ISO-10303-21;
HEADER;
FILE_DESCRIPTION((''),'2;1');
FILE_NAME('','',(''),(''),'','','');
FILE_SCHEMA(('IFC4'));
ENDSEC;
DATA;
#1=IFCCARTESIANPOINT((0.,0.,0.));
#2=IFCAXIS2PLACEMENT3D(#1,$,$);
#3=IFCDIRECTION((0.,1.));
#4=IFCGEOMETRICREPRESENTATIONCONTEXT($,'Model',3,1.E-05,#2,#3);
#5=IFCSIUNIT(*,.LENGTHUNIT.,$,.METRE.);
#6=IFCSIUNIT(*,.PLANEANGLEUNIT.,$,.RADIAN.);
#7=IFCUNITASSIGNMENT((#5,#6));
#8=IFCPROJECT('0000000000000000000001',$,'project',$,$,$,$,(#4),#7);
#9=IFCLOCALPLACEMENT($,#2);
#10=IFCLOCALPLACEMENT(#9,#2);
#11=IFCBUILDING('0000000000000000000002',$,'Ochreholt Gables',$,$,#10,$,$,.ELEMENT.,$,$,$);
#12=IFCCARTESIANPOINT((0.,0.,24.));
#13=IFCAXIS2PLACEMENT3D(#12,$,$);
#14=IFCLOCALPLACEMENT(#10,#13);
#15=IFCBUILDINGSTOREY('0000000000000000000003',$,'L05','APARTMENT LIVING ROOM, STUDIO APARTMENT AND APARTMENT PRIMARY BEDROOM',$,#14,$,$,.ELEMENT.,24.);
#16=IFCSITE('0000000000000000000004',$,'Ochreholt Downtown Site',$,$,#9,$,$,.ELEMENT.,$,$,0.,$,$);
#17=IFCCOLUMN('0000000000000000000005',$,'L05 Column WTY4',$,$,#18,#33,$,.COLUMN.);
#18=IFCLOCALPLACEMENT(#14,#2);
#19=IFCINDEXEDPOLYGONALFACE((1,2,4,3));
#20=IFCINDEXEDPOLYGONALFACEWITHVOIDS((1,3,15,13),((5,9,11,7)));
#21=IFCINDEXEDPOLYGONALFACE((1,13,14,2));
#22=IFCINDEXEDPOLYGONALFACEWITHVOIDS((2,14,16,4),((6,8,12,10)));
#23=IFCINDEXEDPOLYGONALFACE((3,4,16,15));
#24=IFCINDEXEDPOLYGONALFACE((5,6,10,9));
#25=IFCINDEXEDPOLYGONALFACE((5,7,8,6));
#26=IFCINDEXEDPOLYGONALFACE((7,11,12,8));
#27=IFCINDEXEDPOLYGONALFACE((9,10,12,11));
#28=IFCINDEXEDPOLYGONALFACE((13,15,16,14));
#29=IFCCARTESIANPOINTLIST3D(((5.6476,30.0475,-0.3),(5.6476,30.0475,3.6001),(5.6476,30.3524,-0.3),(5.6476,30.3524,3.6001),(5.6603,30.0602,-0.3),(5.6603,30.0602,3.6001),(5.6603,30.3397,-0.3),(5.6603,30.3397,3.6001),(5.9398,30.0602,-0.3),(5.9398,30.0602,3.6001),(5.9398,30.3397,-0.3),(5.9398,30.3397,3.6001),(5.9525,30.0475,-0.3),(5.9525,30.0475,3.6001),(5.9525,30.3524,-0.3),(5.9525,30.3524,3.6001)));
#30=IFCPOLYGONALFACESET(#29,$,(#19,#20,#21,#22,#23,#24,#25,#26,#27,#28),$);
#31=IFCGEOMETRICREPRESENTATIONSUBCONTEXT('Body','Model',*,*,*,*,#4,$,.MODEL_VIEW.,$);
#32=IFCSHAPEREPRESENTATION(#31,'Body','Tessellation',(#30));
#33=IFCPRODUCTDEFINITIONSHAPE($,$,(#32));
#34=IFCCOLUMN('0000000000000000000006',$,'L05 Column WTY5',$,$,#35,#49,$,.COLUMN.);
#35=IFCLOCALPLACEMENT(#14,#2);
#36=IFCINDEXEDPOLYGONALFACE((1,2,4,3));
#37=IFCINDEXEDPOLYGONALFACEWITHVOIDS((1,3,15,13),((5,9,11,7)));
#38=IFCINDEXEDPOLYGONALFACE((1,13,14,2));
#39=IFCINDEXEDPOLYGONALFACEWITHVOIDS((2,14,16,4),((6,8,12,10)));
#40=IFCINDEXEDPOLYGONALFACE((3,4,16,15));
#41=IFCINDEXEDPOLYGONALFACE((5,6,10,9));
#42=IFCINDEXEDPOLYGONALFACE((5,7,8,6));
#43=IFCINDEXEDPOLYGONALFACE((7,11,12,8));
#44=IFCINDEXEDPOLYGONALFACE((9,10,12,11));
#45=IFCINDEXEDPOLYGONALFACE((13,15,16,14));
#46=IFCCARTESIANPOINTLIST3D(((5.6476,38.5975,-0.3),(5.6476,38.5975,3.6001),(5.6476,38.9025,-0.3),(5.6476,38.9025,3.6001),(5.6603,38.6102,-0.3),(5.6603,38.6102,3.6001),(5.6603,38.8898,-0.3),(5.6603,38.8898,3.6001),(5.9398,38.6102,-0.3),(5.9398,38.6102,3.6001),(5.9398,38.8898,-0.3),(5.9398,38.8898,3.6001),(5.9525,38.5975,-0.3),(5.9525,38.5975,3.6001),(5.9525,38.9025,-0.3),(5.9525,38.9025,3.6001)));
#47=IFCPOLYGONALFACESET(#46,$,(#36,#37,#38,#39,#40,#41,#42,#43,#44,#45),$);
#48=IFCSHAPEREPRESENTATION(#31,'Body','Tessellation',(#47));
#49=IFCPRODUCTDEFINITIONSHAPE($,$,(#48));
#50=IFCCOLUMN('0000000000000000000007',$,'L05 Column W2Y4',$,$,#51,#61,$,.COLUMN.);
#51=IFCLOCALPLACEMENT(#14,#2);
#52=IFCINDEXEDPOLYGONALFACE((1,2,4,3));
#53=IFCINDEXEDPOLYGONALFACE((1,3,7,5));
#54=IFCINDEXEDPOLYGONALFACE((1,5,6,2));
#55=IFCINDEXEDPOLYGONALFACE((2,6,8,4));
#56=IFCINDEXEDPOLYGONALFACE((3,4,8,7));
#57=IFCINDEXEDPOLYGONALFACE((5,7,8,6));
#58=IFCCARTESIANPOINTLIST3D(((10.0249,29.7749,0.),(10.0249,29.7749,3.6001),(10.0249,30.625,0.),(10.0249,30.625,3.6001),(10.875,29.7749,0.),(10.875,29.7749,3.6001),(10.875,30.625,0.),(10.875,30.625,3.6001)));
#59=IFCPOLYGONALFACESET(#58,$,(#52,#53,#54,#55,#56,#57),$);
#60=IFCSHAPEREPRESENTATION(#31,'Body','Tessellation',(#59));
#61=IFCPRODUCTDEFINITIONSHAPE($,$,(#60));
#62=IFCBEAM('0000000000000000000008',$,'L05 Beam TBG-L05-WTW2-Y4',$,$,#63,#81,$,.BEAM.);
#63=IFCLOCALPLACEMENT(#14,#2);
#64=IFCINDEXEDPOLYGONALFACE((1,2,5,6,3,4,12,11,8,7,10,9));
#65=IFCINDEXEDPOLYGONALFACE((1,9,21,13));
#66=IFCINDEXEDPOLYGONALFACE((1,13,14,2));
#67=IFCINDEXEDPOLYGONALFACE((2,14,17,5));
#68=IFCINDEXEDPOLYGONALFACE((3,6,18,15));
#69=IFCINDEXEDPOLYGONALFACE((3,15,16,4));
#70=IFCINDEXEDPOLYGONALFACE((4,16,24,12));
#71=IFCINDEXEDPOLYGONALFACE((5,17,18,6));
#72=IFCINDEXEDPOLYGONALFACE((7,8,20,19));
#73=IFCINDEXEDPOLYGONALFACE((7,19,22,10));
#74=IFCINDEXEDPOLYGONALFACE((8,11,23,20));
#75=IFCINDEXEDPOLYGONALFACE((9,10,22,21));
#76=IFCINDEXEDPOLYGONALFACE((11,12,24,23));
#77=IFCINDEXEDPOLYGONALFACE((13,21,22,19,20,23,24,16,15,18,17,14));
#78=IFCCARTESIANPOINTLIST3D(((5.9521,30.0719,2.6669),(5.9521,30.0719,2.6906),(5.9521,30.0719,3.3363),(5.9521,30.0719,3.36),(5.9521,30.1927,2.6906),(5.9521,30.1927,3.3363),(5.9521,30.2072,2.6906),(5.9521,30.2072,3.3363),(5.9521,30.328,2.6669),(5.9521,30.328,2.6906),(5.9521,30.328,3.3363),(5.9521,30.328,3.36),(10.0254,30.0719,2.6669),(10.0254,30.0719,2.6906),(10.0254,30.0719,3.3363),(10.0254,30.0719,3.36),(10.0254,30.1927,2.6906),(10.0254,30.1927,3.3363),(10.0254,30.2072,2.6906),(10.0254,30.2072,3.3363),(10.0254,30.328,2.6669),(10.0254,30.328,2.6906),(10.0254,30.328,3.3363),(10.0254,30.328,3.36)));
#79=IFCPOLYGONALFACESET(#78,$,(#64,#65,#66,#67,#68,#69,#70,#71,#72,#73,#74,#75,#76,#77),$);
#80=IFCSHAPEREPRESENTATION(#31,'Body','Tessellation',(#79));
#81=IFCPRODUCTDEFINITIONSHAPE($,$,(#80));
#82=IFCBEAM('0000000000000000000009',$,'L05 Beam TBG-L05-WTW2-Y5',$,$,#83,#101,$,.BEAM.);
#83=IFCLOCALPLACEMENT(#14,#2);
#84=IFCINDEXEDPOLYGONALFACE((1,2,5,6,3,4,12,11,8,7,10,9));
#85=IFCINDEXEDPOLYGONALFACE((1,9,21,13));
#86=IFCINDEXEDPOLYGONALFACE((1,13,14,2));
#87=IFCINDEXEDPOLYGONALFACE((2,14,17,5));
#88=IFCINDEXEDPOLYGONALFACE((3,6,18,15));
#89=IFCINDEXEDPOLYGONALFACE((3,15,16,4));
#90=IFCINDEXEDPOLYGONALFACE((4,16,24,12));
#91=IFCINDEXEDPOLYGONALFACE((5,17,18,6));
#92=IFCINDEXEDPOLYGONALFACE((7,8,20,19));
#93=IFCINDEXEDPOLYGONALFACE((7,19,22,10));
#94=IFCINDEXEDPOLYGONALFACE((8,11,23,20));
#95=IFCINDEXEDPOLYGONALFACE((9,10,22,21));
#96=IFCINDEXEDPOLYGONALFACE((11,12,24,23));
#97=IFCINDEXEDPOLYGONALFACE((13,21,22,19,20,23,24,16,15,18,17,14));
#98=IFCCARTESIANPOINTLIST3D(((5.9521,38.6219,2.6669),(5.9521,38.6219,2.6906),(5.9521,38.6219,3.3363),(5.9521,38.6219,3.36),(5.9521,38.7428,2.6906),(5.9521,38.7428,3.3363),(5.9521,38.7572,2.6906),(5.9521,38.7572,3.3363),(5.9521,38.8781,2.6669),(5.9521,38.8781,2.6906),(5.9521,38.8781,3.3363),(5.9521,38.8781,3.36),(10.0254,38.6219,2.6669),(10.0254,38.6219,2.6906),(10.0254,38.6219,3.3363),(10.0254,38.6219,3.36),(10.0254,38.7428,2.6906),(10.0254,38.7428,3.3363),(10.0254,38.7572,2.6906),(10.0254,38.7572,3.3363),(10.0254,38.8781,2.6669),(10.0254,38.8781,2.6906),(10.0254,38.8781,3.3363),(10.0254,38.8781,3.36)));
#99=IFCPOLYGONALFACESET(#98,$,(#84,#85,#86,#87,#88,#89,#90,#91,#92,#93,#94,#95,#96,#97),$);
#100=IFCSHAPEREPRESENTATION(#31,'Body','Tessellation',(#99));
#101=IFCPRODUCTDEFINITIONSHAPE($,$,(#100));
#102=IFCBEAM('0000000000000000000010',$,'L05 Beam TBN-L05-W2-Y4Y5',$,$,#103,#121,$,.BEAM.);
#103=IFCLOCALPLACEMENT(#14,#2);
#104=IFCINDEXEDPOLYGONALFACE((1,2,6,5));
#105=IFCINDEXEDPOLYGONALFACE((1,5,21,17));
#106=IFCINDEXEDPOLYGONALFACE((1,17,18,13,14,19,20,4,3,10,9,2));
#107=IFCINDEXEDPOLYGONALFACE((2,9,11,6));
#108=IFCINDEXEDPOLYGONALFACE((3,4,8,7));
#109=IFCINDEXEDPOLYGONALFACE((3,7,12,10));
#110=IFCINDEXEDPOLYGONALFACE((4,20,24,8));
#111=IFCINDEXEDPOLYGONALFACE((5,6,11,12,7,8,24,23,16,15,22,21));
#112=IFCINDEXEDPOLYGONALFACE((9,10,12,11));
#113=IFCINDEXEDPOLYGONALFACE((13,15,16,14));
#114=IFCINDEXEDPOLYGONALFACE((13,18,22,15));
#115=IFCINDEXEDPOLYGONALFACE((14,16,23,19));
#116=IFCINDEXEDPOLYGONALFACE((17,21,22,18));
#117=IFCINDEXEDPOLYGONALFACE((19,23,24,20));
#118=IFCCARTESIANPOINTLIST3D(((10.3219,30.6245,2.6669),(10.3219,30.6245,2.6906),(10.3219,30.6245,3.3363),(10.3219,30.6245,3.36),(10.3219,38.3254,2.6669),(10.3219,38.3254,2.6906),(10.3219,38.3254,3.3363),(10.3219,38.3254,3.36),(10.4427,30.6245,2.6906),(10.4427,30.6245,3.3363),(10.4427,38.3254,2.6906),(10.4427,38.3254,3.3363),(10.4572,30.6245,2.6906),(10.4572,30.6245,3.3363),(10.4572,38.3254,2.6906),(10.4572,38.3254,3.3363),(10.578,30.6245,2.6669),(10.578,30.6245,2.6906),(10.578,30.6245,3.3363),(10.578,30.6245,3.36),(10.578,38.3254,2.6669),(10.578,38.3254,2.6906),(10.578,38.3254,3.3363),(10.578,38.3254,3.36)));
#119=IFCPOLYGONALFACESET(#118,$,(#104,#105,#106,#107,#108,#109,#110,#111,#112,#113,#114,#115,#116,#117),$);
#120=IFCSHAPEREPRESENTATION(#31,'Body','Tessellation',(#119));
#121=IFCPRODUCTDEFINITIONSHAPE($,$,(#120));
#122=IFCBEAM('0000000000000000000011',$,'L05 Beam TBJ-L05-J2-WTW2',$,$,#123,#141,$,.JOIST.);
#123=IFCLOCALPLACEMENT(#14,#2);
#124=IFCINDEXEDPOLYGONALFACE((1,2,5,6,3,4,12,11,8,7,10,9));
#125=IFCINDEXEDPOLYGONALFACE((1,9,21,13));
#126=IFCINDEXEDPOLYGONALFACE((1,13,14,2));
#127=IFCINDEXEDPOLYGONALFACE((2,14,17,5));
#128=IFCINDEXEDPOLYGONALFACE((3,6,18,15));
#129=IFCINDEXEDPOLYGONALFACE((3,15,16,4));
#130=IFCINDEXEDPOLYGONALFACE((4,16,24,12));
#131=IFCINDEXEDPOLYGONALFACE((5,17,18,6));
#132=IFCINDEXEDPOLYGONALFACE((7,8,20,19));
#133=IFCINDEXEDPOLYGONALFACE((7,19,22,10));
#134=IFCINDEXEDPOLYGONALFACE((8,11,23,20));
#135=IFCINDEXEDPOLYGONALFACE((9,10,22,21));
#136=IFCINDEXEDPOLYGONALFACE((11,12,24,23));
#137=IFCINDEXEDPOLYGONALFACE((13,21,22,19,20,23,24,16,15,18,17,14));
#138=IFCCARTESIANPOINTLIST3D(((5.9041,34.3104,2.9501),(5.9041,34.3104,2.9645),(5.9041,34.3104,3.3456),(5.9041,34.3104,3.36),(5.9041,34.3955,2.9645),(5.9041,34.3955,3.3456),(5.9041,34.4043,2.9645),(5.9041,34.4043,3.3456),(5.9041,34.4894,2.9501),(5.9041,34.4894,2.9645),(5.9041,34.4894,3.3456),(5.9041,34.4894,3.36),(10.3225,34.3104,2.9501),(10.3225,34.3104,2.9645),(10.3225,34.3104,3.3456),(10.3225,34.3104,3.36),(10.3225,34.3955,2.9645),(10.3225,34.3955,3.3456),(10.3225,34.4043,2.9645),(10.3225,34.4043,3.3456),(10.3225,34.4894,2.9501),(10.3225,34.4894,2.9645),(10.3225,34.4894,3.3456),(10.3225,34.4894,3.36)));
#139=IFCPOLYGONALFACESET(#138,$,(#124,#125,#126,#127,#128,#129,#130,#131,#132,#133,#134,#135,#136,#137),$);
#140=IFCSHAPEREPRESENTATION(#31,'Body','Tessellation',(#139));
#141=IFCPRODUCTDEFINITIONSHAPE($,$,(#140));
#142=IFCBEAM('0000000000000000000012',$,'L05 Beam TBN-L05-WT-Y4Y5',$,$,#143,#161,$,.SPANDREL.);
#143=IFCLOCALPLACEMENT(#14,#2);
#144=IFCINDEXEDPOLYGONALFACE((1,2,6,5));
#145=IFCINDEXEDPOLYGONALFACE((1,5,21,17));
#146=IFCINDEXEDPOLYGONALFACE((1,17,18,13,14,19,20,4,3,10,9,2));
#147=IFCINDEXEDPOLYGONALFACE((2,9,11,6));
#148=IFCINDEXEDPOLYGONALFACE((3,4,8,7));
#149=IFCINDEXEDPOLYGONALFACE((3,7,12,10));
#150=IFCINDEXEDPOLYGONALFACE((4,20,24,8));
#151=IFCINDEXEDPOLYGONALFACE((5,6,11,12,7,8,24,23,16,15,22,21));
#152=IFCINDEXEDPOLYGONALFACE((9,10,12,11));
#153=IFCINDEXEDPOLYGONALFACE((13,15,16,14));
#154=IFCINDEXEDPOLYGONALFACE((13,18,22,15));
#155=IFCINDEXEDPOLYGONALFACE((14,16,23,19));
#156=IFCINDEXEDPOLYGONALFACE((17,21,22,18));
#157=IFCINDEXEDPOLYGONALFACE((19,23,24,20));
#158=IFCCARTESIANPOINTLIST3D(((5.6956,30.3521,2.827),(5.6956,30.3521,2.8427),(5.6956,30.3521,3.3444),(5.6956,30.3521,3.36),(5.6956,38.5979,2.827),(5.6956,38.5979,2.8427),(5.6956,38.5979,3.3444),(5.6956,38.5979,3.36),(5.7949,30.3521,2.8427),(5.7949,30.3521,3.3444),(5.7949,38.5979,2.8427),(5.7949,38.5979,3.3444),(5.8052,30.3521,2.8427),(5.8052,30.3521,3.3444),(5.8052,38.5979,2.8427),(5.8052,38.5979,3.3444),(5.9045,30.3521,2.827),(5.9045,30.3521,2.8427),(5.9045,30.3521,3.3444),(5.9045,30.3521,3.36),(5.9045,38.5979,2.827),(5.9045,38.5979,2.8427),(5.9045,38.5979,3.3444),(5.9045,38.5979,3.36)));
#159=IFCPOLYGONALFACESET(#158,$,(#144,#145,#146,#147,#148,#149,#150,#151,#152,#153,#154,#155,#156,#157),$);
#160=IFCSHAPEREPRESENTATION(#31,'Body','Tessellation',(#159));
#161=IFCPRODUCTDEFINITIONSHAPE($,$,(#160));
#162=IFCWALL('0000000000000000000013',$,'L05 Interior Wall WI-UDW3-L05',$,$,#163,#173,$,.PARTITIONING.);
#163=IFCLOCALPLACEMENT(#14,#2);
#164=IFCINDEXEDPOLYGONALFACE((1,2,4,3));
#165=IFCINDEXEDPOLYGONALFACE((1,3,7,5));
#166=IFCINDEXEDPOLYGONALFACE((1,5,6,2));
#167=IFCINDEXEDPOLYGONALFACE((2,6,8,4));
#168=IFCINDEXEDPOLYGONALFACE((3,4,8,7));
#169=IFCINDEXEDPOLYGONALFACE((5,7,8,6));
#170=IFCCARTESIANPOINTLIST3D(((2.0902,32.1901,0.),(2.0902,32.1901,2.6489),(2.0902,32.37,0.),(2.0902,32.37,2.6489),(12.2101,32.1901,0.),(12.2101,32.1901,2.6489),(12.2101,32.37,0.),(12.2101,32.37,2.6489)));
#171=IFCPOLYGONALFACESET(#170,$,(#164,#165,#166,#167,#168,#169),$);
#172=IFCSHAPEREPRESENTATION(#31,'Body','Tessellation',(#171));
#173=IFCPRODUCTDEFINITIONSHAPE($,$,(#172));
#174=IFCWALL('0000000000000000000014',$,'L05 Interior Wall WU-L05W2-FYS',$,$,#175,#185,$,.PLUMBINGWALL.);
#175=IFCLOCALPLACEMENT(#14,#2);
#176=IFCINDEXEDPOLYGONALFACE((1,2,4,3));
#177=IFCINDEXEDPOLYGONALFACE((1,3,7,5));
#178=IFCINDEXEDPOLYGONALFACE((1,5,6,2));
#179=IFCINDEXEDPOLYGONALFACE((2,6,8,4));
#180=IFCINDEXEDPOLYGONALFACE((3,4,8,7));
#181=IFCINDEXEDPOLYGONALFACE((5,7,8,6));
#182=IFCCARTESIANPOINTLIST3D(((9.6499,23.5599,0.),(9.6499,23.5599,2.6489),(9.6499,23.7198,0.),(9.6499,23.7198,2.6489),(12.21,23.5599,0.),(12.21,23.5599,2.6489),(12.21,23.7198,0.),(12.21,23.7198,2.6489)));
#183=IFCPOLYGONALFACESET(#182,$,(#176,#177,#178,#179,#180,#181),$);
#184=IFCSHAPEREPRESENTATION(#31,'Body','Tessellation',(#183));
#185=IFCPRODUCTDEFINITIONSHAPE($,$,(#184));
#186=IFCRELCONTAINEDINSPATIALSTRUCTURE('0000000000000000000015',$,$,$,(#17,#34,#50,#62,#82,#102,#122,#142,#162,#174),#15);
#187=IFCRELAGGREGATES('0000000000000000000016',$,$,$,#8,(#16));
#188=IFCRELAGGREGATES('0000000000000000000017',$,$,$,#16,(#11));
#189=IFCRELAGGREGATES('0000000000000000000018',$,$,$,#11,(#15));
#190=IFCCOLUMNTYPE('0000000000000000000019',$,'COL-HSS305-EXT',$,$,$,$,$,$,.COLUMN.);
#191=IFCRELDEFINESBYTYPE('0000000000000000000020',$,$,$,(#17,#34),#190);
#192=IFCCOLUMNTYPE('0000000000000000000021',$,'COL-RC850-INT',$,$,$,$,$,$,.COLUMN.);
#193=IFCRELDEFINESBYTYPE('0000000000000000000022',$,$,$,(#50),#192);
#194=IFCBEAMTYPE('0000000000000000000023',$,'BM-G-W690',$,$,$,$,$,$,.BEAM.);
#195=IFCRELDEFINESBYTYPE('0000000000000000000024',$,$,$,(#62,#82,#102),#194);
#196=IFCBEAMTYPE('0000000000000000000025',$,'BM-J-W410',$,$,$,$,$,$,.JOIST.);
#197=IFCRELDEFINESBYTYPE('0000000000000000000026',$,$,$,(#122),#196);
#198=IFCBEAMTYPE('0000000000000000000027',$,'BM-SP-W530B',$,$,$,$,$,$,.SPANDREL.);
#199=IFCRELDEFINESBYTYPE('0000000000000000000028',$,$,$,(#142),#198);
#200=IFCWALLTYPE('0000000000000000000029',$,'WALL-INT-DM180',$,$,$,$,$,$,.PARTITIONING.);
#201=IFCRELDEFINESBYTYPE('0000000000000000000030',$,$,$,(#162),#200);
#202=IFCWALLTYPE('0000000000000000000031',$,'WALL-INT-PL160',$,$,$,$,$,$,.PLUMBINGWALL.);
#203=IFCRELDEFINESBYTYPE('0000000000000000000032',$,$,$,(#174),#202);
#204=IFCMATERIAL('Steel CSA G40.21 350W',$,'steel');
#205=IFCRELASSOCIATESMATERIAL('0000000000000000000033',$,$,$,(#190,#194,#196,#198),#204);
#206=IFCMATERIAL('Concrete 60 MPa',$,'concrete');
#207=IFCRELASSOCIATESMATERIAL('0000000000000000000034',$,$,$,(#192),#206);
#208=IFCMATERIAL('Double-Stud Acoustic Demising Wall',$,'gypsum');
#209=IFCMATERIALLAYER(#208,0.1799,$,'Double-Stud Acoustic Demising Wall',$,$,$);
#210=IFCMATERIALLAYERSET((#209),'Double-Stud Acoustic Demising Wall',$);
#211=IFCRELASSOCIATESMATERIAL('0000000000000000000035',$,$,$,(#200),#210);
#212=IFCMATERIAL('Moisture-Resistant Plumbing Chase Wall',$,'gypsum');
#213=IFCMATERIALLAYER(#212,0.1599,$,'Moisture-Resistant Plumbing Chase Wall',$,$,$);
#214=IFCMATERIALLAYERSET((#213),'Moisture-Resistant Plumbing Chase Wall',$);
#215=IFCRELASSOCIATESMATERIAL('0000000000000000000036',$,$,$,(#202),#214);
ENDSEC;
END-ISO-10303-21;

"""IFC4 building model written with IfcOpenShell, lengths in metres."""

from ifc_helpers import new_model, si_unit, direction, frame, frame_2d, origin, origin_2d, place, context, subcontext, project, spatial, rectangle, hollow_rectangle, i_section, extrude, material, layer, layer_set, material_profile, profile_set, type_object, element, save


model = new_model("IFC4")

# Units and contexts
model_context = context("Model", 3, precision=1e-05, world=origin(), true_north=direction((0.0, 1.0)))
body_context = subcontext(model_context, "Body", "Model", "MODEL_VIEW")
ifc_project = project(units=[si_unit("LENGTHUNIT", "METRE"), si_unit("PLANEANGLEUNIT", "RADIAN")], contexts=[model_context])

# Site, building, storey
site_placement = place(None, origin())
site = spatial("IfcSite", under=ifc_project, at=site_placement, Name="Ochreholt Downtown Site", CompositionType="ELEMENT", RefElevation=0.0)
building_placement = place(site_placement, origin())
building = spatial("IfcBuilding", under=site, at=building_placement, Name="Ochreholt Gables", CompositionType="ELEMENT")
storey_placement = place(building_placement, frame((0.0, 0.0, 24.0)))
storey = spatial("IfcBuildingStorey", under=building, at=storey_placement, Name="L05", Description="APARTMENT LIVING ROOM, STUDIO APARTMENT AND APARTMENT PRIMARY BEDROOM", CompositionType="ELEMENT", Elevation=24.0)

# Columns
ifc_material_1 = material(Name="Steel CSA G40.21 350W", Category="steel")
ifc_material_profile_1 = material_profile(ifc_material_1, hollow_rectangle(XDim=0.3049, YDim=0.3049, WallThickness=0.0127, at=origin_2d()), Name="HSS305X305X13")
ifc_profile_set_1 = profile_set([ifc_material_profile_1], Name="Steel CSA G40.21 350W")
column_type_1 = type_object("IfcColumnType", Name="COL-HSS305-EXT", PredefinedType="COLUMN", material=ifc_profile_set_1)
for number, where, z_axis, x_axis, name in (
    (1, (5.8, 30.2, -0.3), (0.0, 0.0, 1.0), (1.0, 0.0, 0.0), "L05 Column WTY4"),
    (2, (5.8, 38.75, -0.3), (0.0, 0.0, 1.0), (1.0, 0.0, 0.0), "L05 Column WTY5"),
):
    element("IfcColumn", number, at=place(storey_placement, frame(where, z_axis=z_axis, x_axis=x_axis)), inside=storey, type_object=column_type_1, Name=name, PredefinedType="COLUMN", context=body_context, shape_type="SweptSolid", body=[
        extrude(hollow_rectangle(XDim=0.3049, YDim=0.3049, WallThickness=0.0127, at=origin_2d()), origin(), (0.0, 0.0, 1.0), 3.9001),
    ])
ifc_material_2 = material(Name="Concrete 60 MPa", Category="concrete")
ifc_material_profile_2 = material_profile(ifc_material_2, rectangle(XDim=0.8501, YDim=0.8501, at=origin_2d()), Name="RC850X850")
ifc_profile_set_2 = profile_set([ifc_material_profile_2], Name="Concrete 60 MPa")
column_type_2 = type_object("IfcColumnType", Name="COL-RC850-INT", PredefinedType="COLUMN", material=ifc_profile_set_2)
column_placement = place(storey_placement, frame((10.45, 30.2, 0.0), z_axis=(0.0, 0.0, 1.0), x_axis=(1.0, 0.0, 0.0)))
element("IfcColumn", 3, at=column_placement, inside=storey, type_object=column_type_2, Name="L05 Column W2Y4", PredefinedType="COLUMN", context=body_context, shape_type="SweptSolid", body=[
    extrude(rectangle(XDim=0.8501, YDim=0.8501, at=origin_2d()), origin(), (0.0, 0.0, 1.0), 3.6001),
])

# Beams
ifc_material_profile_3 = material_profile(ifc_material_1, i_section(OverallWidth=0.2561, OverallDepth=0.6931, WebThickness=0.0144, FlangeThickness=0.0237, at=origin_2d()), Name="W690X170")
ifc_profile_set_3 = profile_set([ifc_material_profile_3], Name="Steel CSA G40.21 350W")
beam_type_1 = type_object("IfcBeamType", Name="BM-G-W690", PredefinedType="BEAM", material=ifc_profile_set_3)
for number, where, z_axis, x_axis, name in (
    (4, (5.9521, 30.2, 3.0134), (1.0, 0.0, 0.0), (0.0, 1.0, 0.0), "L05 Beam TBG-L05-WTW2-Y4"),
    (5, (5.9521, 38.75, 3.0134), (1.0, 0.0, 0.0), (0.0, 1.0, 0.0), "L05 Beam TBG-L05-WTW2-Y5"),
):
    element("IfcBeam", number, at=place(storey_placement, frame(where, z_axis=z_axis, x_axis=x_axis)), inside=storey, type_object=beam_type_1, Name=name, PredefinedType="BEAM", context=body_context, shape_type="SweptSolid", body=[
        extrude(i_section(OverallWidth=0.2561, OverallDepth=0.6931, WebThickness=0.0144, FlangeThickness=0.0237, at=origin_2d()), origin(), (0.0, 0.0, 1.0), 4.0732),
    ])
beam_1_placement = place(storey_placement, frame((10.45, 30.6245, 3.0134), z_axis=(0.0, 1.0, 0.0), x_axis=(-1.0, 0.0, 0.0)))
element("IfcBeam", 6, at=beam_1_placement, inside=storey, type_object=beam_type_1, Name="L05 Beam TBN-L05-W2-Y4Y5", PredefinedType="BEAM", context=body_context, shape_type="SweptSolid", body=[
    extrude(i_section(OverallWidth=0.2561, OverallDepth=0.6931, WebThickness=0.0144, FlangeThickness=0.0237, at=origin_2d()), origin(), (0.0, 0.0, 1.0), 7.7009),
])
ifc_material_profile_4 = material_profile(ifc_material_1, i_section(OverallWidth=0.179, OverallDepth=0.4099, WebThickness=0.0088, FlangeThickness=0.0144, at=origin_2d()), Name="W410X67")
ifc_profile_set_4 = profile_set([ifc_material_profile_4], Name="Steel CSA G40.21 350W")
beam_type_2 = type_object("IfcBeamType", Name="BM-J-W410", PredefinedType="JOIST", material=ifc_profile_set_4)
beam_2_placement = place(storey_placement, frame((5.9041, 34.3999, 3.155), z_axis=(1.0, 0.0, 0.0), x_axis=(0.0, 1.0, 0.0)))
element("IfcBeam", 7, at=beam_2_placement, inside=storey, type_object=beam_type_2, Name="L05 Beam TBJ-L05-J2-WTW2", PredefinedType="JOIST", context=body_context, shape_type="SweptSolid", body=[
    extrude(i_section(OverallWidth=0.179, OverallDepth=0.4099, WebThickness=0.0088, FlangeThickness=0.0144, at=origin_2d()), origin(), (0.0, 0.0, 1.0), 4.4185),
])
ifc_material_profile_5 = material_profile(ifc_material_1, i_section(OverallWidth=0.209, OverallDepth=0.533, WebThickness=0.0103, FlangeThickness=0.0156, at=origin_2d()), Name="W530X92")
ifc_profile_set_5 = profile_set([ifc_material_profile_5], Name="Steel CSA G40.21 350W")
beam_type_3 = type_object("IfcBeamType", Name="BM-SP-W530B", PredefinedType="SPANDREL", material=ifc_profile_set_5)
beam_3_placement = place(storey_placement, frame((5.8, 30.3521, 3.0935), z_axis=(0.0, 1.0, 0.0), x_axis=(-1.0, 0.0, 0.0)))
element("IfcBeam", 8, at=beam_3_placement, inside=storey, type_object=beam_type_3, Name="L05 Beam TBN-L05-WT-Y4Y5", PredefinedType="SPANDREL", context=body_context, shape_type="SweptSolid", body=[
    extrude(i_section(OverallWidth=0.209, OverallDepth=0.533, WebThickness=0.0103, FlangeThickness=0.0156, at=origin_2d()), origin(), (0.0, 0.0, 1.0), 8.2458),
])

# Walls
ifc_material_3 = material(Name="Double-Stud Acoustic Demising Wall", Category="gypsum")
ifc_layer_1 = layer(ifc_material_3, 0.1799, Name="Double-Stud Acoustic Demising Wall")
ifc_layer_set_1 = layer_set([ifc_layer_1], Name="Double-Stud Acoustic Demising Wall")
wall_type_1 = type_object("IfcWallType", Name="WALL-INT-DM180", PredefinedType="PARTITIONING", material=ifc_layer_set_1)
wall_1_placement = place(storey_placement, frame((2.0901, 32.28, 0.0), z_axis=(0.0, 0.0, 1.0), x_axis=(1.0, 0.0, 0.0)))
element("IfcWall", 9, at=wall_1_placement, inside=storey, type_object=wall_type_1, Name="L05 Interior Wall WI-UDW3-L05", PredefinedType="PARTITIONING", context=body_context, shape_type="SweptSolid", body=[
    extrude(rectangle(XDim=10.1199, YDim=0.1799, at=frame_2d((5.0601, 0.0))), origin(), (0.0, 0.0, 1.0), 2.6489),
])
ifc_material_4 = material(Name="Moisture-Resistant Plumbing Chase Wall", Category="gypsum")
ifc_layer_2 = layer(ifc_material_4, 0.1599, Name="Moisture-Resistant Plumbing Chase Wall")
ifc_layer_set_2 = layer_set([ifc_layer_2], Name="Moisture-Resistant Plumbing Chase Wall")
wall_type_2 = type_object("IfcWallType", Name="WALL-INT-PL160", PredefinedType="PLUMBINGWALL", material=ifc_layer_set_2)
wall_2_placement = place(storey_placement, frame((9.6499, 23.6399, 0.0), z_axis=(0.0, 0.0, 1.0), x_axis=(1.0, 0.0, 0.0)))
element("IfcWall", 10, at=wall_2_placement, inside=storey, type_object=wall_type_2, Name="L05 Interior Wall WU-L05W2-FYS", PredefinedType="PLUMBINGWALL", context=body_context, shape_type="SweptSolid", body=[
    extrude(rectangle(XDim=2.5601, YDim=0.1599, at=frame_2d((1.28, 0.0))), origin(), (0.0, 0.0, 1.0), 2.6489),
])

save(model, "model.ifc")
